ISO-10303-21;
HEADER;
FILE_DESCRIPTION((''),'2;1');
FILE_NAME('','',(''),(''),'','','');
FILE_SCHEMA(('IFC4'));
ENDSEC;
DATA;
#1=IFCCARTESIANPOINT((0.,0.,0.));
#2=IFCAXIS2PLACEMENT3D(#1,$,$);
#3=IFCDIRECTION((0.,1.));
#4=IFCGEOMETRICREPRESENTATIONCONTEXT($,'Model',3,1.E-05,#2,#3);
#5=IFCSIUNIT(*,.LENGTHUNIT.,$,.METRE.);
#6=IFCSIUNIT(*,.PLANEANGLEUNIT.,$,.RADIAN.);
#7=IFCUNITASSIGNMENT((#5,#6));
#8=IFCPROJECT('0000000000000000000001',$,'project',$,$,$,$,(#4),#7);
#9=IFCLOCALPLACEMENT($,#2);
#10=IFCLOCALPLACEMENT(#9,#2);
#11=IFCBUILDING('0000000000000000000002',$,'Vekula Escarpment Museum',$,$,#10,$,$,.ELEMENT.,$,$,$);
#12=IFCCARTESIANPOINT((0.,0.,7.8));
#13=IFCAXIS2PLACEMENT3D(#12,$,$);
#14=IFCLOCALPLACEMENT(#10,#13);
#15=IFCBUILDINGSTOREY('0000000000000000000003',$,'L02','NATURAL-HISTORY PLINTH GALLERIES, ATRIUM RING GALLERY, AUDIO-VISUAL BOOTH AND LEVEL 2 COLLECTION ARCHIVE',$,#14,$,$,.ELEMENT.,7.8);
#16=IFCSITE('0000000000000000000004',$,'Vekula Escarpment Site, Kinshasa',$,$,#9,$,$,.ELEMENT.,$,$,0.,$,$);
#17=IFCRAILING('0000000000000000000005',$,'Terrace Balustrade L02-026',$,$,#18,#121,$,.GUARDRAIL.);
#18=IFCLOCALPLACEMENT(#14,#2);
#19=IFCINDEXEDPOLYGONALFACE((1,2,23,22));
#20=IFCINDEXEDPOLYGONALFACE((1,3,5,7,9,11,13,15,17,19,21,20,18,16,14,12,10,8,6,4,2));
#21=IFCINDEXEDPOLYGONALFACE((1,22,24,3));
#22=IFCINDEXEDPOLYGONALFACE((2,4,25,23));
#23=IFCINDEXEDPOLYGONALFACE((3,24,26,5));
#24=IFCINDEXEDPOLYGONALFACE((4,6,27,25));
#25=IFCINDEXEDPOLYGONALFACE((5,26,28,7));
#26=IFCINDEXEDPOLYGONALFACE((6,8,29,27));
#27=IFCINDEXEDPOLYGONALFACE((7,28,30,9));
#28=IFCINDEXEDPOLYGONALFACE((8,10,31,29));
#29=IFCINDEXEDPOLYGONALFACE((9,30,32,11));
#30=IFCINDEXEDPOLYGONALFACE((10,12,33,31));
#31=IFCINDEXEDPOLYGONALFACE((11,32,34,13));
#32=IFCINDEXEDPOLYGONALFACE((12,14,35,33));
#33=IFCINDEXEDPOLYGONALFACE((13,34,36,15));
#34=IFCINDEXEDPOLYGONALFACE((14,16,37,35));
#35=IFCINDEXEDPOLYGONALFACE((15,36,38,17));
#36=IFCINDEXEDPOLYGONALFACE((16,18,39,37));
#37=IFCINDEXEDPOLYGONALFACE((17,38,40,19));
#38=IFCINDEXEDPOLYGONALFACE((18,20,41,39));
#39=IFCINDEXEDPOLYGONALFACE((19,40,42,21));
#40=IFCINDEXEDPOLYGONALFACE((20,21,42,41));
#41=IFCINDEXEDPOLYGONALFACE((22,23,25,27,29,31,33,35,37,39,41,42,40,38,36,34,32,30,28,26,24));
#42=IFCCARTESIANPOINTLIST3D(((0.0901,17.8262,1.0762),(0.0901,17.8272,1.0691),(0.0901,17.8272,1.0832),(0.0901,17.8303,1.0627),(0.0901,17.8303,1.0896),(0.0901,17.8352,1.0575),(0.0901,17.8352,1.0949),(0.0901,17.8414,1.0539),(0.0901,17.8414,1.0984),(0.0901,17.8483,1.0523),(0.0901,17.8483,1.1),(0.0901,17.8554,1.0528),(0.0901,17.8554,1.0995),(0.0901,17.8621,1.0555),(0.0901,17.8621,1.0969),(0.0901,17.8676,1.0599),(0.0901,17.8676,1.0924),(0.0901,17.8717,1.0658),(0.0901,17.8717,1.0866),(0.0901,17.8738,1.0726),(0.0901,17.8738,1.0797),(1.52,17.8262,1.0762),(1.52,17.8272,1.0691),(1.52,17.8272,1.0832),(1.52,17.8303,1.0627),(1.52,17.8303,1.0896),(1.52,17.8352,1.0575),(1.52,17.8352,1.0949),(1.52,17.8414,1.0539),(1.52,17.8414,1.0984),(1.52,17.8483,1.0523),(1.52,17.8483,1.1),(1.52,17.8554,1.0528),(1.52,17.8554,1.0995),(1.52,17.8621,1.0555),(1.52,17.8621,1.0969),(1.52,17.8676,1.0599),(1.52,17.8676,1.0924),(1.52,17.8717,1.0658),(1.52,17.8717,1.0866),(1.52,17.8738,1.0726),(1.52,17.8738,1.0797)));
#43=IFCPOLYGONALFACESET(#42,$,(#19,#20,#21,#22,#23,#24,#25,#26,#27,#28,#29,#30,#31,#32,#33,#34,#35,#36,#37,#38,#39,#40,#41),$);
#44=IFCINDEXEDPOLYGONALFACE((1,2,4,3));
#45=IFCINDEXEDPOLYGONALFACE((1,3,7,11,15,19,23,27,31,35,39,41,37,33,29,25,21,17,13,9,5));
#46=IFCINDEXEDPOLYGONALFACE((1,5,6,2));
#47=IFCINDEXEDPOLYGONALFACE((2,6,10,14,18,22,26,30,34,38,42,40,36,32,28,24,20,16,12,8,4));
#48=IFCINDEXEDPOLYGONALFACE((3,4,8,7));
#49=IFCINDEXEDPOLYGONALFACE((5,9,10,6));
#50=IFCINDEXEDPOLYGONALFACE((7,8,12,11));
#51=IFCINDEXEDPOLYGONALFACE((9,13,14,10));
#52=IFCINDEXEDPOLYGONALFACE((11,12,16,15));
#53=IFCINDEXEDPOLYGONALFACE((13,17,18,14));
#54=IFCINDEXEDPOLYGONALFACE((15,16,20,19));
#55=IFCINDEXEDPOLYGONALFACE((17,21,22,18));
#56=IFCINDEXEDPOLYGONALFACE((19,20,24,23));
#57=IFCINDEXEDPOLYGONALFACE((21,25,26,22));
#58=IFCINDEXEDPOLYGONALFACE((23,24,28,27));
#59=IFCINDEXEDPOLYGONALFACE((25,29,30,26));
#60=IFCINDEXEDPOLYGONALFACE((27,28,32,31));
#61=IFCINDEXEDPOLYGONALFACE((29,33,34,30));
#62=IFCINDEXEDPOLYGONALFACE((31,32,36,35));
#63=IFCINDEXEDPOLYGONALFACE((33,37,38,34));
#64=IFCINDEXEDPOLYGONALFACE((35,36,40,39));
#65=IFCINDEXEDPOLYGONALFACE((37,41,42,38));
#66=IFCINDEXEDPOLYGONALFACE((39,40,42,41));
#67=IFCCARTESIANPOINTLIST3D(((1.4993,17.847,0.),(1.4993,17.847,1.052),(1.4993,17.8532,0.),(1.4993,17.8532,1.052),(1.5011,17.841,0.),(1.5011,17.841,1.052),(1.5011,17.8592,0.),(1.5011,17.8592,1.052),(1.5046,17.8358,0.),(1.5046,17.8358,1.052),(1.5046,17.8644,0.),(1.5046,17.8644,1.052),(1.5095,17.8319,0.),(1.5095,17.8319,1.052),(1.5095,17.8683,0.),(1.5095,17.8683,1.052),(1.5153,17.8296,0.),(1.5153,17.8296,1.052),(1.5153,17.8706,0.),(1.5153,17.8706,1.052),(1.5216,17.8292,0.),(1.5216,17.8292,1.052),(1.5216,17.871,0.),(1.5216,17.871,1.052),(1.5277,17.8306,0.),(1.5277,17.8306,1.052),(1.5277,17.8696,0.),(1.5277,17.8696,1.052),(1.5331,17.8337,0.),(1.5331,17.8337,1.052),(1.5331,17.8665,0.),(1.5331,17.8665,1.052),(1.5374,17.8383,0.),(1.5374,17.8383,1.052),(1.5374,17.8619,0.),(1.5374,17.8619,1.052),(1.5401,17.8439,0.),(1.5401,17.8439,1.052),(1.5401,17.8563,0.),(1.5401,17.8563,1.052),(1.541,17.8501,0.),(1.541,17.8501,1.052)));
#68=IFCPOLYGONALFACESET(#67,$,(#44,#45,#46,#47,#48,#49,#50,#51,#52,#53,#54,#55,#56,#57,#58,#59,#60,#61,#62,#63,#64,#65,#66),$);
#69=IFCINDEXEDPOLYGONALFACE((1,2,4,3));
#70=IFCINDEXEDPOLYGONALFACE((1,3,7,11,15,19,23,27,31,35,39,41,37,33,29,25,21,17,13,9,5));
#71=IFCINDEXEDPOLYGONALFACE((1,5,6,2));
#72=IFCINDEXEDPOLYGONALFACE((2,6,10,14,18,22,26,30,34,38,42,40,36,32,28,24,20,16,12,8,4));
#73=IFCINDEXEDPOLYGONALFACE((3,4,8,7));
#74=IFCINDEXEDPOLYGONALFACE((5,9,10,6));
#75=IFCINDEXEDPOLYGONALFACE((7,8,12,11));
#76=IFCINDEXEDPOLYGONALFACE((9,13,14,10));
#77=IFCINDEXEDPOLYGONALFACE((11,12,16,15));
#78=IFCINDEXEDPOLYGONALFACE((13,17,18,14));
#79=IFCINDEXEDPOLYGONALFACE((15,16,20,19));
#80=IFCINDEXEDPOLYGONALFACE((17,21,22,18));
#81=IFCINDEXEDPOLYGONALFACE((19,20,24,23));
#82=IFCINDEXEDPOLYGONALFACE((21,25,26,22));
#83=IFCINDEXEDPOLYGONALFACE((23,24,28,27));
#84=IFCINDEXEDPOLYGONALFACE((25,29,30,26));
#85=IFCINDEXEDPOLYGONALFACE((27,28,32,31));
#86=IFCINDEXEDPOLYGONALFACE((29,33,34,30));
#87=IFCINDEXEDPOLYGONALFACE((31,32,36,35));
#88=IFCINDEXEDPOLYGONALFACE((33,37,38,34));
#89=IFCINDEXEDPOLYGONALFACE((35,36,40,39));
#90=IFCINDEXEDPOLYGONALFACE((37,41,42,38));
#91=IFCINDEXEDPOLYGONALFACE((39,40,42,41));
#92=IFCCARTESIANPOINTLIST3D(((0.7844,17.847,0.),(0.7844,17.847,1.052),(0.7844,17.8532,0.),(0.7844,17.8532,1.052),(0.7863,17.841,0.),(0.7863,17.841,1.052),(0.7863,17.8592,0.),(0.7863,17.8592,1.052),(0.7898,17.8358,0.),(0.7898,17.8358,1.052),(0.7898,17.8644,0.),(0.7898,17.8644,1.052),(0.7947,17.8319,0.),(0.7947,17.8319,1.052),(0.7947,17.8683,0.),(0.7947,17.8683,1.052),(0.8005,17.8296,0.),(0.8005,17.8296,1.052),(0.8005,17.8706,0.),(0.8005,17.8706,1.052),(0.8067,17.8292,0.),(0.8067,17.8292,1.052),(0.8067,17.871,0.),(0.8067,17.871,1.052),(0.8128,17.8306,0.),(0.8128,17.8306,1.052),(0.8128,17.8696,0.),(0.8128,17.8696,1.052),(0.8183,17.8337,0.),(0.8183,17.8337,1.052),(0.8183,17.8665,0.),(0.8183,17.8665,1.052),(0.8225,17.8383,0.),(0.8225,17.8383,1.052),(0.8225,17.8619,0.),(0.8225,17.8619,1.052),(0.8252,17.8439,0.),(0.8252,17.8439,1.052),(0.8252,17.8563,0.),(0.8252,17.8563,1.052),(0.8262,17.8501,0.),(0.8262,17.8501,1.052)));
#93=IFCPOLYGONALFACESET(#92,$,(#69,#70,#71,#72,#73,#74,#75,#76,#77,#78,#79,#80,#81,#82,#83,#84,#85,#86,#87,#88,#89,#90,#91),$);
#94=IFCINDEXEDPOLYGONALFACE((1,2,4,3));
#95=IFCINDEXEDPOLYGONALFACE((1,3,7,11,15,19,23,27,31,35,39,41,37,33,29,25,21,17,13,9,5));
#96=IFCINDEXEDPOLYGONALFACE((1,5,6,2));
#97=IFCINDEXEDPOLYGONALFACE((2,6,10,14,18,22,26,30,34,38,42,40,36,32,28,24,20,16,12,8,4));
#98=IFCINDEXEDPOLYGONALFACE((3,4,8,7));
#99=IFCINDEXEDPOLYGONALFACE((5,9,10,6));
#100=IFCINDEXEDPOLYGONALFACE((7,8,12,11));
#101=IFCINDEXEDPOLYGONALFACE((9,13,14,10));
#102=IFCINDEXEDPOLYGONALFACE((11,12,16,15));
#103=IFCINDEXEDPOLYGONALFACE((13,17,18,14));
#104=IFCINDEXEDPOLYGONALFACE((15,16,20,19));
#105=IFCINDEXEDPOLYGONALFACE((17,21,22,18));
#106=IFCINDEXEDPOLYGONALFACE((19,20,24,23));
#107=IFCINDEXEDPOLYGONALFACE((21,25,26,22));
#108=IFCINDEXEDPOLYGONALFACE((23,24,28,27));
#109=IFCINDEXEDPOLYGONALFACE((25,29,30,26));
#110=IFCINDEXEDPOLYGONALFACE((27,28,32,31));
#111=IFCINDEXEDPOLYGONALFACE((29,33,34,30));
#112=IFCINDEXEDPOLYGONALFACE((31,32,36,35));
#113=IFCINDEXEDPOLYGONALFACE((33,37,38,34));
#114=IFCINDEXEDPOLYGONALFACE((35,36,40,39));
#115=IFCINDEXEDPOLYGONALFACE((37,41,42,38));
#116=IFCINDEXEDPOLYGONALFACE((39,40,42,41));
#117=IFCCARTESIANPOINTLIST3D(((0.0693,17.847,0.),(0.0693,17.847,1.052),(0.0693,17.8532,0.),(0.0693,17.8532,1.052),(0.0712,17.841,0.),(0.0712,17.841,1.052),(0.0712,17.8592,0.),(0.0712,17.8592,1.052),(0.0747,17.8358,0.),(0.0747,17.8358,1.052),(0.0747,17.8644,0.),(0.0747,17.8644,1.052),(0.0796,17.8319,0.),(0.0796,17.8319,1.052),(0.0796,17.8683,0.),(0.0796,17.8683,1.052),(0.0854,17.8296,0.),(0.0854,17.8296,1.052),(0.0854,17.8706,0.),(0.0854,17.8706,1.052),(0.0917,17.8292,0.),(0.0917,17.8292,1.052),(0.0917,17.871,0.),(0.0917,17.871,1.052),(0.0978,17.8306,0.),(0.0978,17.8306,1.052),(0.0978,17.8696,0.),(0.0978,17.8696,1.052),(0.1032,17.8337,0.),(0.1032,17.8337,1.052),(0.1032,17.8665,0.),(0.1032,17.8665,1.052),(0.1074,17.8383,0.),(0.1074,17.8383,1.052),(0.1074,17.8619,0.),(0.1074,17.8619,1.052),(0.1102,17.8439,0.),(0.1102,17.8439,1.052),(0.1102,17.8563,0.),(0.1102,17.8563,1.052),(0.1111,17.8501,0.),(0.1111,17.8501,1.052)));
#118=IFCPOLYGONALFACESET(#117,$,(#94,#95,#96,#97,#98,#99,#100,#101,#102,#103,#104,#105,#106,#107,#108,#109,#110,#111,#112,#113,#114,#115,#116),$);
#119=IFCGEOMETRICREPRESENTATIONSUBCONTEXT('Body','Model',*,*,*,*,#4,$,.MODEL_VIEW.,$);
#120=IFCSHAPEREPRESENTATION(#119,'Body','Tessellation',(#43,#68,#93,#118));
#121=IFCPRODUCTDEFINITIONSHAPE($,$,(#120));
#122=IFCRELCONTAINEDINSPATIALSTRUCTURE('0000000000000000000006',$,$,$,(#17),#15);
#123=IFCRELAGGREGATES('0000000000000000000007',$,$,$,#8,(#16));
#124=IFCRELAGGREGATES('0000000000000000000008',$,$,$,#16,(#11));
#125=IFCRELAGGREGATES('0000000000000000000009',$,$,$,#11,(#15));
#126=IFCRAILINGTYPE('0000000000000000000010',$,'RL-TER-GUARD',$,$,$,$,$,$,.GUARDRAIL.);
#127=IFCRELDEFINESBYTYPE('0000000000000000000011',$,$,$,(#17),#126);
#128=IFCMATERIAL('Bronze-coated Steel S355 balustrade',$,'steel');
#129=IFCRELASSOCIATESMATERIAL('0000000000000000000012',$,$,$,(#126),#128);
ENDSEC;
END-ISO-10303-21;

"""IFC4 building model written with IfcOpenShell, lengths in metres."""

from ifc_helpers import new_model, si_unit, direction, frame, origin, origin_2d, place, context, subcontext, project, spatial, circle, extrude, material, type_object, element, save


model = new_model("IFC4")

# Units and contexts
model_context = context("Model", 3, precision=1e-05, world=origin(), true_north=direction((0.0, 1.0)))
body_context = subcontext(model_context, "Body", "Model", "MODEL_VIEW")
ifc_project = project(units=[si_unit("LENGTHUNIT", "METRE"), si_unit("PLANEANGLEUNIT", "RADIAN")], contexts=[model_context])

# Site, building, storey
site_placement = place(None, origin())
site = spatial("IfcSite", under=ifc_project, at=site_placement, Name="Vekula Escarpment Site, Kinshasa", CompositionType="ELEMENT", RefElevation=0.0)
building_placement = place(site_placement, origin())
building = spatial("IfcBuilding", under=site, at=building_placement, Name="Vekula Escarpment Museum", CompositionType="ELEMENT")
storey_placement = place(building_placement, frame((0.0, 0.0, 7.8)))
storey = spatial("IfcBuildingStorey", under=building, at=storey_placement, Name="L02", Description="NATURAL-HISTORY PLINTH GALLERIES, ATRIUM RING GALLERY, AUDIO-VISUAL BOOTH AND LEVEL 2 COLLECTION ARCHIVE", CompositionType="ELEMENT", Elevation=7.8)

# Railing
ifc_material_1 = material(Name="Bronze-coated Steel S355 balustrade", Category="steel")
railing_type_1 = type_object("IfcRailingType", Name="RL-TER-GUARD", PredefinedType="GUARDRAIL", material=ifc_material_1)
railing_1_placement = place(storey_placement, frame((1.52, 17.8501, 0.0)))
element("IfcRailing", 1, at=railing_1_placement, inside=storey, type_object=railing_type_1, Name="Terrace Balustrade L02-026", PredefinedType="GUARDRAIL", context=body_context, shape_type="SweptSolid", body=[
    extrude(circle(Radius=0.0239, at=origin_2d()), frame((0.0, 0.0, 1.0762), z_axis=(-1.0, 0.0, 0.0), x_axis=(0.0, -1.0, 0.0)), (0.0, 0.0, 1.0), 1.4299),
    extrude(circle(Radius=0.021, at=origin_2d()), origin(), (0.0, 0.0, 1.0), 1.052),
    extrude(circle(Radius=0.021, at=origin_2d()), frame((-0.7148, 0.0, 0.0)), (0.0, 0.0, 1.0), 1.052),
    extrude(circle(Radius=0.021, at=origin_2d()), frame((-1.4299, 0.0, 0.0)), (0.0, 0.0, 1.0), 1.052),
])

save(model, "model.ifc")
